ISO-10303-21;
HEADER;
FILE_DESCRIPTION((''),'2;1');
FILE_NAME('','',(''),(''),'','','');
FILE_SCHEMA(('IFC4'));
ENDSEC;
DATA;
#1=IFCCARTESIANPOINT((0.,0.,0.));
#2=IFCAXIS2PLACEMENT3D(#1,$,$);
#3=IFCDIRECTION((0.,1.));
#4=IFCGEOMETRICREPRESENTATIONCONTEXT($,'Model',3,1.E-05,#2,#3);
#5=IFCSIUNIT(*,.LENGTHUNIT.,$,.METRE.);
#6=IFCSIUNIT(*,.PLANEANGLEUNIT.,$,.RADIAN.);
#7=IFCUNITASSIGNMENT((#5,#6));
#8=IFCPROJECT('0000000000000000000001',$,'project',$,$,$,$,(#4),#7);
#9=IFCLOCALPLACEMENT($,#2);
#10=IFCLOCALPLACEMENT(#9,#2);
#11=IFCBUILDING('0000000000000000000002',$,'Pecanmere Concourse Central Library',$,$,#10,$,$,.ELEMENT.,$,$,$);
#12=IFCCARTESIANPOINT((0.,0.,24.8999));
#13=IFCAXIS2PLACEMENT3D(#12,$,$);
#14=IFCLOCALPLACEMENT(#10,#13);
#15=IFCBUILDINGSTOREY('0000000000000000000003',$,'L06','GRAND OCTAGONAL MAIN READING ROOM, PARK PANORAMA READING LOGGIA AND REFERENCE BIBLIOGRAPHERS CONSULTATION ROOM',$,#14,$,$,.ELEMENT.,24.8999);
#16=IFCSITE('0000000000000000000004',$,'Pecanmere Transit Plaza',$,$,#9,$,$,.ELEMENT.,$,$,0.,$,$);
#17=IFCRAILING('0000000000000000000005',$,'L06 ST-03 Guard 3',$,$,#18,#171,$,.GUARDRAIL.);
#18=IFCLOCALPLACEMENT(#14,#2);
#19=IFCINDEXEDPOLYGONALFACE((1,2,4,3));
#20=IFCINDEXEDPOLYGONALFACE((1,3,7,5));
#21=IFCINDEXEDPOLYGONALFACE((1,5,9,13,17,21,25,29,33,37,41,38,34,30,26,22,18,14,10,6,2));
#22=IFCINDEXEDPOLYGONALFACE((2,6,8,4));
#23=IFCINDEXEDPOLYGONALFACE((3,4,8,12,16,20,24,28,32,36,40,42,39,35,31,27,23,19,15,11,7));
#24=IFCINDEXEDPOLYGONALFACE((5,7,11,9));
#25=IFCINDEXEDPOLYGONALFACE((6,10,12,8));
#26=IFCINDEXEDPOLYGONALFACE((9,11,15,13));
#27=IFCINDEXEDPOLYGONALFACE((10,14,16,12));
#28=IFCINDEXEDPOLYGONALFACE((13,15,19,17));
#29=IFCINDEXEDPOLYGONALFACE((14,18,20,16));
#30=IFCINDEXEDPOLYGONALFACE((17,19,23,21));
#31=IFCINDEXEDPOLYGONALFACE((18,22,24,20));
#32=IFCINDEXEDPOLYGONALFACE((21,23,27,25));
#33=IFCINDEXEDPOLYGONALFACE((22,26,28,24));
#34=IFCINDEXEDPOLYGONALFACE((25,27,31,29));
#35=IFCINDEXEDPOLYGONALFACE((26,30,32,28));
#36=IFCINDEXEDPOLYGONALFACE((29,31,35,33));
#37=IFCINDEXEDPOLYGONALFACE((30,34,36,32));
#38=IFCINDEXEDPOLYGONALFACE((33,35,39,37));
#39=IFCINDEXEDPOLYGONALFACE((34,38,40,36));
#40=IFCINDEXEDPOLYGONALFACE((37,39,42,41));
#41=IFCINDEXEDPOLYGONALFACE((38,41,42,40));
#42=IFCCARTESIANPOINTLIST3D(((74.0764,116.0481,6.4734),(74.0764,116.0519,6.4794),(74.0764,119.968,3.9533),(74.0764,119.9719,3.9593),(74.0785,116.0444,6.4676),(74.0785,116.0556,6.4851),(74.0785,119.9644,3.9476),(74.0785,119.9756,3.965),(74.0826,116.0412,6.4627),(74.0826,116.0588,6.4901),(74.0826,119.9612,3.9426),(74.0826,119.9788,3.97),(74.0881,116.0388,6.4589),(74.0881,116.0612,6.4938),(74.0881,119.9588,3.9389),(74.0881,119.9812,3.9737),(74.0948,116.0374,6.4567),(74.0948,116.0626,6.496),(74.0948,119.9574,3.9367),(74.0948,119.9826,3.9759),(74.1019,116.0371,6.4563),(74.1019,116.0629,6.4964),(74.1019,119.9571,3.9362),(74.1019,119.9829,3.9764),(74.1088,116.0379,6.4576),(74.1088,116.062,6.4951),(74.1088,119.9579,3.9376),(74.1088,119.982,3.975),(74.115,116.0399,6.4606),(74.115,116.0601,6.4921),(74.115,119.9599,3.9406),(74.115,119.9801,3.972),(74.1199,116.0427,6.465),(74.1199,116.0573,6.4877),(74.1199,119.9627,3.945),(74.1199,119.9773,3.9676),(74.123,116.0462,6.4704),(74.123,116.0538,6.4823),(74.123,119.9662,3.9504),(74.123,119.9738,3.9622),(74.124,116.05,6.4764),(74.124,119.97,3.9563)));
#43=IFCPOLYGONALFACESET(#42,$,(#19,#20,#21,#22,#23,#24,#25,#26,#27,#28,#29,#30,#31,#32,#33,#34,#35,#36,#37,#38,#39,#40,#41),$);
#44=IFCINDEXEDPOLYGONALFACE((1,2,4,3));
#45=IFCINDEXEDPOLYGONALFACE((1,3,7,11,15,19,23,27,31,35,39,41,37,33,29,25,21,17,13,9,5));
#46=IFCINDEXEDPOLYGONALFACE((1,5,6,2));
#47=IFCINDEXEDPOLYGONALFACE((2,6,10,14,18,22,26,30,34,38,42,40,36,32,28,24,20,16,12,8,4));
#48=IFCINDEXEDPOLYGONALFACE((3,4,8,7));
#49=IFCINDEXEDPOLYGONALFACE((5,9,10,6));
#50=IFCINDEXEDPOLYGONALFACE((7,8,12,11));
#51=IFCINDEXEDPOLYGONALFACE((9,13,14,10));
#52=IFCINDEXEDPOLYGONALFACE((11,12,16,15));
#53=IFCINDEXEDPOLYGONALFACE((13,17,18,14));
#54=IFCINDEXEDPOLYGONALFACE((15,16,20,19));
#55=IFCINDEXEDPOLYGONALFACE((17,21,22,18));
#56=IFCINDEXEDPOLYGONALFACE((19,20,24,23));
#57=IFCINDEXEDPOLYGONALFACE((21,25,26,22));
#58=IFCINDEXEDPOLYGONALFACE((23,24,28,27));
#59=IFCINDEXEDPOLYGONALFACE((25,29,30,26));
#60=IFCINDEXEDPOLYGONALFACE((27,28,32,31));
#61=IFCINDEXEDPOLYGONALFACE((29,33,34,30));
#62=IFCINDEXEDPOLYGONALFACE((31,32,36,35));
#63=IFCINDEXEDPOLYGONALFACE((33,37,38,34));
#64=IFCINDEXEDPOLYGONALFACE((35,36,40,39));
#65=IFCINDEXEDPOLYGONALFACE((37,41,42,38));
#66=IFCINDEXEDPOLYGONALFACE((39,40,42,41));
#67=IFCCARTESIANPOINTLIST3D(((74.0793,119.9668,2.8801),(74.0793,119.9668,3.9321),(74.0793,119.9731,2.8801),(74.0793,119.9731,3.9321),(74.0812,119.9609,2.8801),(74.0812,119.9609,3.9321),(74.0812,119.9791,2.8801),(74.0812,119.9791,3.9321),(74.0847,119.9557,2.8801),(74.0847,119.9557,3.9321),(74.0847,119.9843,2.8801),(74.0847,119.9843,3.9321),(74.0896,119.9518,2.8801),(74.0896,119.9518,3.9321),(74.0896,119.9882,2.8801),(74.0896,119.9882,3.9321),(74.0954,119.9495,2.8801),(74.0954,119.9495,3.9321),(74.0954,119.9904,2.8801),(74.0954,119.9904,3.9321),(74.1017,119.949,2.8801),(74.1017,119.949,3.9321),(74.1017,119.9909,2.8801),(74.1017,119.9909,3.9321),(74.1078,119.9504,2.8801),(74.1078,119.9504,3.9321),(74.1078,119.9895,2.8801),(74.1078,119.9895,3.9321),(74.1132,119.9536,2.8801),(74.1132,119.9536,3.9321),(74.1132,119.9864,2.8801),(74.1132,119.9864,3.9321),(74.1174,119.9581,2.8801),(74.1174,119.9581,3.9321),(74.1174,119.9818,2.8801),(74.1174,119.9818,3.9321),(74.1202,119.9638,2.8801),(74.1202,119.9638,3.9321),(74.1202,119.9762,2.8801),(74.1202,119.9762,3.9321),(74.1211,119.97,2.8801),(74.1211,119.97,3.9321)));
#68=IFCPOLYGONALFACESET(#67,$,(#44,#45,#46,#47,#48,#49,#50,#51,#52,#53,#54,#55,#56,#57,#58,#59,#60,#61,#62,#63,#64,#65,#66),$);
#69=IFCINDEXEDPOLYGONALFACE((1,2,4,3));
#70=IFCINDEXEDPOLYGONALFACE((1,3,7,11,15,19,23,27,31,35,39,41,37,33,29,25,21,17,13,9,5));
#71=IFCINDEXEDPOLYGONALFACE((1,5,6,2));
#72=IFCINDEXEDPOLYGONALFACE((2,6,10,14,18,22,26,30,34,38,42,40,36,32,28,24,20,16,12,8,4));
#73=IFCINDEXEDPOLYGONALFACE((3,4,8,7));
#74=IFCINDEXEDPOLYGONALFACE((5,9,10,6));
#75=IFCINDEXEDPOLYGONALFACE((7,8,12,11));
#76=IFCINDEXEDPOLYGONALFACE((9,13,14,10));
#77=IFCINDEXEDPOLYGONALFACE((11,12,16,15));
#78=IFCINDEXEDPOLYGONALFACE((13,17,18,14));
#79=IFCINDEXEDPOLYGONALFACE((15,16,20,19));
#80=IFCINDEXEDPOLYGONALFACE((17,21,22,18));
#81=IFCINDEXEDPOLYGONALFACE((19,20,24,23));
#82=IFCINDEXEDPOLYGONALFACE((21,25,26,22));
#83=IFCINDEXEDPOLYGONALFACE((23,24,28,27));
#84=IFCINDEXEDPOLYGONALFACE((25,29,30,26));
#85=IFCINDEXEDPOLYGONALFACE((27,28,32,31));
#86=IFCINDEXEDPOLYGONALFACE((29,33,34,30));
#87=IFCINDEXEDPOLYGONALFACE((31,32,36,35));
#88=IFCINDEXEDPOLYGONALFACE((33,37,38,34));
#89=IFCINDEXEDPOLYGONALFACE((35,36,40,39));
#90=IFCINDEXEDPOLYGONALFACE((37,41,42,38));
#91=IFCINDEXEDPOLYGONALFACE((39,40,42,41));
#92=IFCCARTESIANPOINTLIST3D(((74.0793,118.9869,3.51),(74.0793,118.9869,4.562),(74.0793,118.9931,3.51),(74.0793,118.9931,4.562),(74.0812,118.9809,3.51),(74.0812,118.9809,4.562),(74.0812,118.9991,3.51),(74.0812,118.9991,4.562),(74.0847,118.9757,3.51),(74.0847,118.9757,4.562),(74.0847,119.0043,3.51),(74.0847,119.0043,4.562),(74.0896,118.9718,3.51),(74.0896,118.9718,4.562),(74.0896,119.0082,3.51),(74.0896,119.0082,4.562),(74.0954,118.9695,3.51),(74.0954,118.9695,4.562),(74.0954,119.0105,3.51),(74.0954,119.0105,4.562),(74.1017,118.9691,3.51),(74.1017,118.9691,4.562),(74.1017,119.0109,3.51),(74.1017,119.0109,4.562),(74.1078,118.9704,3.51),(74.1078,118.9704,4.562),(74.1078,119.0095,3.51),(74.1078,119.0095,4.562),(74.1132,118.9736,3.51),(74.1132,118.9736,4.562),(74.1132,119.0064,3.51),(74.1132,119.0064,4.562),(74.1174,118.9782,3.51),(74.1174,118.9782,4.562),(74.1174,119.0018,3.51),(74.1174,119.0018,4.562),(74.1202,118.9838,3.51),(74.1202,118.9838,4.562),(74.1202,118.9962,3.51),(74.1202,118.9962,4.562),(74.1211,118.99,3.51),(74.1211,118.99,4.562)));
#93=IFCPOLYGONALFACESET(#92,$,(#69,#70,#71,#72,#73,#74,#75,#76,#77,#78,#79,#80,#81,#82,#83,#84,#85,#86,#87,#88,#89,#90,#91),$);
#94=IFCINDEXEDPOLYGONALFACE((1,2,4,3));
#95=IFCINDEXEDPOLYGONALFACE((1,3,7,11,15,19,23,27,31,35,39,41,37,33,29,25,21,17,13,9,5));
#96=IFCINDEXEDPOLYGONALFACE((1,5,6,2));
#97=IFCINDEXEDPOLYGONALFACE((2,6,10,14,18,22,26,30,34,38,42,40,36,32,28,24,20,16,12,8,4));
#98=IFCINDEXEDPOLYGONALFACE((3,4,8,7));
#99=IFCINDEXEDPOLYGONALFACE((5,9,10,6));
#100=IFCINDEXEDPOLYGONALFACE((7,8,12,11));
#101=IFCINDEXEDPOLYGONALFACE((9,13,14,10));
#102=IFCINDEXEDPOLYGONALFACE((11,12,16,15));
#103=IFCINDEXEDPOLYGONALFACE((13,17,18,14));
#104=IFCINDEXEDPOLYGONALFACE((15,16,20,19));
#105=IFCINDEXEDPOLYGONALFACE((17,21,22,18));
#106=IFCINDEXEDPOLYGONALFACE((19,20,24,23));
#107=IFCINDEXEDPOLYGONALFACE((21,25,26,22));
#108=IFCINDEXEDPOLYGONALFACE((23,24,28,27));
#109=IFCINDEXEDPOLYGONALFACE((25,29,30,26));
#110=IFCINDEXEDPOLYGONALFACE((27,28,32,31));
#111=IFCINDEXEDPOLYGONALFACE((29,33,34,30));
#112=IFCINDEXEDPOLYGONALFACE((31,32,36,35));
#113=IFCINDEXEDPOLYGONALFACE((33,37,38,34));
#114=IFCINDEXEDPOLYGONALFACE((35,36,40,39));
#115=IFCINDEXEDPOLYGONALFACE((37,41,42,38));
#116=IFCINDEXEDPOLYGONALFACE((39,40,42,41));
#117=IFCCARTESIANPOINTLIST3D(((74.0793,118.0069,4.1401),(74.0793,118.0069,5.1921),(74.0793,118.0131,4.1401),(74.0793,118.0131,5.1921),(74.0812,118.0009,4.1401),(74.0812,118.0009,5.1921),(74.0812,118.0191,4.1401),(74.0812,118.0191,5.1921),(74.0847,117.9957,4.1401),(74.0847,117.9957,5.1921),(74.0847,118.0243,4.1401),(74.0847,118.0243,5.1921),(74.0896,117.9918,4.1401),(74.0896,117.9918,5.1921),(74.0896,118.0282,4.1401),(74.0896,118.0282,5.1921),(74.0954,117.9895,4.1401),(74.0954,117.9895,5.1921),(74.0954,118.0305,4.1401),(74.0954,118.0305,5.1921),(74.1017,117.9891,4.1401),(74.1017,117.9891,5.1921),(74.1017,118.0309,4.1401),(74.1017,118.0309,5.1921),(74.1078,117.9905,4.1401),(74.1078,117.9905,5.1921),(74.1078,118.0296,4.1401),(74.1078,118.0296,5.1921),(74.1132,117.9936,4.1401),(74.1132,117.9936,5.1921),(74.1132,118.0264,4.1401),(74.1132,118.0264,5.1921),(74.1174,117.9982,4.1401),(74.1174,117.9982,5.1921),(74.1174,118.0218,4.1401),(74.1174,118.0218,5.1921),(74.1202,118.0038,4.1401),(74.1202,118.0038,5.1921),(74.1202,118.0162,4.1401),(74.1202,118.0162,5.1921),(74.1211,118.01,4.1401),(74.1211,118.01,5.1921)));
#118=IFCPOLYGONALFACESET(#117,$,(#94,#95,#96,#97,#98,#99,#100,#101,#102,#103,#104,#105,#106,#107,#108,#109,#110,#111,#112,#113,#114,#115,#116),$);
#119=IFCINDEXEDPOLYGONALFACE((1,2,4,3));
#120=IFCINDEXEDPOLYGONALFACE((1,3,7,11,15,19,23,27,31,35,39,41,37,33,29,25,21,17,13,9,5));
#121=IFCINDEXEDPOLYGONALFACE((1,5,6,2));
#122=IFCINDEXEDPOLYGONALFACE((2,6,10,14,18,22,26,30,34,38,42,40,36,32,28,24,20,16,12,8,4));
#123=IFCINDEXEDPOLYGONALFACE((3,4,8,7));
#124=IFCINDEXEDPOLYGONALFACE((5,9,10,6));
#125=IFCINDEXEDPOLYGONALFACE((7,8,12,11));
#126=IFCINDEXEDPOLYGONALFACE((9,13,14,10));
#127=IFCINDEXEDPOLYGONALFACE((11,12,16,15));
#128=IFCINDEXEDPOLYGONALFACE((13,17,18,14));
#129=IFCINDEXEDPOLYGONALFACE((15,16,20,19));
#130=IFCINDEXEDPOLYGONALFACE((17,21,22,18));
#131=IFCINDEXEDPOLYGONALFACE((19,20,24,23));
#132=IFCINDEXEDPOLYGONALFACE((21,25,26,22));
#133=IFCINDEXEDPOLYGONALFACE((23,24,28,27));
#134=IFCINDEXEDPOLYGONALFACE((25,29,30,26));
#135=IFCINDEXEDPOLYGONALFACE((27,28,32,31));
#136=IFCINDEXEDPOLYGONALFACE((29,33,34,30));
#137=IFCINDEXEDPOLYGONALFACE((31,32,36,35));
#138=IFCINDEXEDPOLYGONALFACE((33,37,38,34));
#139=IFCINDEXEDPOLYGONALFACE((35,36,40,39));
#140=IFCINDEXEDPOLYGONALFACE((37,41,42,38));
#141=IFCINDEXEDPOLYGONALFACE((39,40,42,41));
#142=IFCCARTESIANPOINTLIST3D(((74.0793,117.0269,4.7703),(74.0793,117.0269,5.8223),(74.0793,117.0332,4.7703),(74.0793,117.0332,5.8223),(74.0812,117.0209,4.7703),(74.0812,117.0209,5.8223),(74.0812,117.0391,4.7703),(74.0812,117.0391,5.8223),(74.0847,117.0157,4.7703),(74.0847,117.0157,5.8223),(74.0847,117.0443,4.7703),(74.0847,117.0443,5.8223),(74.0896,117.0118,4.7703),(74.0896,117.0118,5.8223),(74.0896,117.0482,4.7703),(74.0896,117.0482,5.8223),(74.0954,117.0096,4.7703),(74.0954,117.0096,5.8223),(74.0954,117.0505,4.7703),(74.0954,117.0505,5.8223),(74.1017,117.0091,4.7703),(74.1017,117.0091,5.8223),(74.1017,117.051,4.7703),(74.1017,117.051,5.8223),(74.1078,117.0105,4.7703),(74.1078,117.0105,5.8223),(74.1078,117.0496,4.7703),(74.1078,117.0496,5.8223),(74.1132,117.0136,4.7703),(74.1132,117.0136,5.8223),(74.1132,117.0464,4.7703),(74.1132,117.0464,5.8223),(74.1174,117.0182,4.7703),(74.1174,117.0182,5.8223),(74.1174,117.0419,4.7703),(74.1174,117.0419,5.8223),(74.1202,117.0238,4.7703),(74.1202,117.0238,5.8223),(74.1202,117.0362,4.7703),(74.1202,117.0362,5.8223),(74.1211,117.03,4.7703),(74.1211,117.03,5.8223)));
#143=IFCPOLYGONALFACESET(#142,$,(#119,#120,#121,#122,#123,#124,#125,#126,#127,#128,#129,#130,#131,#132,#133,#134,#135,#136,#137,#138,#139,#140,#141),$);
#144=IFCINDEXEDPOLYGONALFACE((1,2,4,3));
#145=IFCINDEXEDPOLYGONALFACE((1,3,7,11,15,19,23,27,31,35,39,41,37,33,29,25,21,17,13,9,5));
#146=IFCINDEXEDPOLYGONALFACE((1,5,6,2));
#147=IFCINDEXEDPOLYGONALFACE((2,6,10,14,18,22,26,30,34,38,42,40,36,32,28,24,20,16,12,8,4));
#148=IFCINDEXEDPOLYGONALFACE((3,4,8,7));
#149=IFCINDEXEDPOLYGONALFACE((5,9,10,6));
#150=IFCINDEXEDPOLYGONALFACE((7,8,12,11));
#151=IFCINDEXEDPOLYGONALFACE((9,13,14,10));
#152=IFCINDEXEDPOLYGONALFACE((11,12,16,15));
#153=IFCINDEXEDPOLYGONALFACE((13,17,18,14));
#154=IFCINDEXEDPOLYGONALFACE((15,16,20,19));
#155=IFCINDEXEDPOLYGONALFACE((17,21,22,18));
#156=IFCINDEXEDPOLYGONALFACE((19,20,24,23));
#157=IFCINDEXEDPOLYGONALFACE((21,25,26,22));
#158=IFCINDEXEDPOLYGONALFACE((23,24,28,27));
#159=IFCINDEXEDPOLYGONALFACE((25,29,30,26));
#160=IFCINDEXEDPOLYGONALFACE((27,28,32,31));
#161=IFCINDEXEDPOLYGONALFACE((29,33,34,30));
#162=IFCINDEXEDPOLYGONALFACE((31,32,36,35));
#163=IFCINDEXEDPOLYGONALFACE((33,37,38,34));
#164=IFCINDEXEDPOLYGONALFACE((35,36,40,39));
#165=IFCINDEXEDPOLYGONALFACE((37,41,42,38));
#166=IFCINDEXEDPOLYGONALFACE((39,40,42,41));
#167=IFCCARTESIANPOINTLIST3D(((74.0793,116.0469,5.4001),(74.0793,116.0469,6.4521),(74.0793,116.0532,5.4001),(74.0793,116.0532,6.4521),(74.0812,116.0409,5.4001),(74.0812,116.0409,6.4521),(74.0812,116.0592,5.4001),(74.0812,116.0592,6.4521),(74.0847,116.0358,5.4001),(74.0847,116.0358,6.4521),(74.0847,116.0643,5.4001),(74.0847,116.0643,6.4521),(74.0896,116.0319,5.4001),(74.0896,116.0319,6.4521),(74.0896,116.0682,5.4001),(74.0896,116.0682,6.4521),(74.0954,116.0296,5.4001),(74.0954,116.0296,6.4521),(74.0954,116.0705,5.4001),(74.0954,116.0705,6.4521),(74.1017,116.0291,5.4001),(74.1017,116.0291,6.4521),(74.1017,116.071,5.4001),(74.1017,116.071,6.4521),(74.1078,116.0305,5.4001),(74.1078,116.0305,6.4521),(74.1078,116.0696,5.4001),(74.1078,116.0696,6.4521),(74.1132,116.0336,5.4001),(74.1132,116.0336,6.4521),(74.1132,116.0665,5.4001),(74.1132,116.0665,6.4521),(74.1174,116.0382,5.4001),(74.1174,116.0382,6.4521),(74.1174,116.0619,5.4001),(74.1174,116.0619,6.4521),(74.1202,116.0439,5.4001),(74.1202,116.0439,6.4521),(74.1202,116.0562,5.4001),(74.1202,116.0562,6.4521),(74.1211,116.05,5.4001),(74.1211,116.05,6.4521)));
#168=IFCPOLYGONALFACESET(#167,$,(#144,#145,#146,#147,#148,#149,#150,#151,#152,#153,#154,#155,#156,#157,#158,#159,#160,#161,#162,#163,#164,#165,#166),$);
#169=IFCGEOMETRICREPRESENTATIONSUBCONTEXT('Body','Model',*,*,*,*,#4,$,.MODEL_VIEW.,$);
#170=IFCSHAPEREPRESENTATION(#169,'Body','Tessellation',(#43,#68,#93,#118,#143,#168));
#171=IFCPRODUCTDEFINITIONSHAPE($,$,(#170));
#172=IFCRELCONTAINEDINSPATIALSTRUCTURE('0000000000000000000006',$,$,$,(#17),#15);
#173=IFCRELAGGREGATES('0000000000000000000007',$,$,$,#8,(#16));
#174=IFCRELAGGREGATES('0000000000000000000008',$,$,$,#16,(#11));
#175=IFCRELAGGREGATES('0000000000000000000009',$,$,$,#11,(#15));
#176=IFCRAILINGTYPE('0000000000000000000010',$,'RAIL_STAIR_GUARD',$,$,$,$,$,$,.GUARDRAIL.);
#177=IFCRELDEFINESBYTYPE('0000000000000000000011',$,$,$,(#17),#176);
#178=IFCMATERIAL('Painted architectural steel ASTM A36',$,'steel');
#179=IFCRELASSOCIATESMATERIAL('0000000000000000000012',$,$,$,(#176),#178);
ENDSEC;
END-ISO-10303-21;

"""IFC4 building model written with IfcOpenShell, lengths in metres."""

from ifc_helpers import new_model, si_unit, direction, frame, origin, origin_2d, place, context, subcontext, project, spatial, circle, extrude, material, type_object, element, save


model = new_model("IFC4")

# Units and contexts
model_context = context("Model", 3, precision=1e-05, world=origin(), true_north=direction((0.0, 1.0)))
body_context = subcontext(model_context, "Body", "Model", "MODEL_VIEW")
ifc_project = project(units=[si_unit("LENGTHUNIT", "METRE"), si_unit("PLANEANGLEUNIT", "RADIAN")], contexts=[model_context])

# Site, building, storey
site_placement = place(None, origin())
site = spatial("IfcSite", under=ifc_project, at=site_placement, Name="Pecanmere Transit Plaza", CompositionType="ELEMENT", RefElevation=0.0)
building_placement = place(site_placement, origin())
building = spatial("IfcBuilding", under=site, at=building_placement, Name="Pecanmere Concourse Central Library", CompositionType="ELEMENT")
storey_placement = place(building_placement, frame((0.0, 0.0, 24.8999)))
storey = spatial("IfcBuildingStorey", under=building, at=storey_placement, Name="L06", Description="GRAND OCTAGONAL MAIN READING ROOM, PARK PANORAMA READING LOGGIA AND REFERENCE BIBLIOGRAPHERS CONSULTATION ROOM", CompositionType="ELEMENT", Elevation=24.8999)

# Railing
ifc_material_1 = material(Name="Painted architectural steel ASTM A36", Category="steel")
railing_type_1 = type_object("IfcRailingType", Name="RAIL_STAIR_GUARD", PredefinedType="GUARDRAIL", material=ifc_material_1)
railing_1_placement = place(storey_placement, frame((74.1001, 119.97, 2.8801)))
element("IfcRailing", 1, at=railing_1_placement, inside=storey, type_object=railing_type_1, Name="L06 ST-03 Guard 3", PredefinedType="GUARDRAIL", context=body_context, shape_type="SweptSolid", body=[
    extrude(circle(Radius=0.0239, at=origin_2d()), frame((0.0, 0.0, 1.0762), z_axis=(0.0, -0.841172, 0.540768), x_axis=(1.0, 0.0, 0.0)), (0.0, 0.0, 1.0), 4.6602),
    extrude(circle(Radius=0.021, at=origin_2d()), origin(), (0.0, 0.0, 1.0), 1.052),
    extrude(circle(Radius=0.021, at=origin_2d()), frame((0.0, -0.98, 0.6299)), (0.0, 0.0, 1.0), 1.052),
    extrude(circle(Radius=0.021, at=origin_2d()), frame((0.0, -1.96, 1.26)), (0.0, 0.0, 1.0), 1.052),
    extrude(circle(Radius=0.021, at=origin_2d()), frame((0.0, -2.9399, 1.8901)), (0.0, 0.0, 1.0), 1.052),
    extrude(circle(Radius=0.021, at=origin_2d()), frame((0.0, -3.9199, 2.52)), (0.0, 0.0, 1.0), 1.052),
])

save(model, "model.ifc")
